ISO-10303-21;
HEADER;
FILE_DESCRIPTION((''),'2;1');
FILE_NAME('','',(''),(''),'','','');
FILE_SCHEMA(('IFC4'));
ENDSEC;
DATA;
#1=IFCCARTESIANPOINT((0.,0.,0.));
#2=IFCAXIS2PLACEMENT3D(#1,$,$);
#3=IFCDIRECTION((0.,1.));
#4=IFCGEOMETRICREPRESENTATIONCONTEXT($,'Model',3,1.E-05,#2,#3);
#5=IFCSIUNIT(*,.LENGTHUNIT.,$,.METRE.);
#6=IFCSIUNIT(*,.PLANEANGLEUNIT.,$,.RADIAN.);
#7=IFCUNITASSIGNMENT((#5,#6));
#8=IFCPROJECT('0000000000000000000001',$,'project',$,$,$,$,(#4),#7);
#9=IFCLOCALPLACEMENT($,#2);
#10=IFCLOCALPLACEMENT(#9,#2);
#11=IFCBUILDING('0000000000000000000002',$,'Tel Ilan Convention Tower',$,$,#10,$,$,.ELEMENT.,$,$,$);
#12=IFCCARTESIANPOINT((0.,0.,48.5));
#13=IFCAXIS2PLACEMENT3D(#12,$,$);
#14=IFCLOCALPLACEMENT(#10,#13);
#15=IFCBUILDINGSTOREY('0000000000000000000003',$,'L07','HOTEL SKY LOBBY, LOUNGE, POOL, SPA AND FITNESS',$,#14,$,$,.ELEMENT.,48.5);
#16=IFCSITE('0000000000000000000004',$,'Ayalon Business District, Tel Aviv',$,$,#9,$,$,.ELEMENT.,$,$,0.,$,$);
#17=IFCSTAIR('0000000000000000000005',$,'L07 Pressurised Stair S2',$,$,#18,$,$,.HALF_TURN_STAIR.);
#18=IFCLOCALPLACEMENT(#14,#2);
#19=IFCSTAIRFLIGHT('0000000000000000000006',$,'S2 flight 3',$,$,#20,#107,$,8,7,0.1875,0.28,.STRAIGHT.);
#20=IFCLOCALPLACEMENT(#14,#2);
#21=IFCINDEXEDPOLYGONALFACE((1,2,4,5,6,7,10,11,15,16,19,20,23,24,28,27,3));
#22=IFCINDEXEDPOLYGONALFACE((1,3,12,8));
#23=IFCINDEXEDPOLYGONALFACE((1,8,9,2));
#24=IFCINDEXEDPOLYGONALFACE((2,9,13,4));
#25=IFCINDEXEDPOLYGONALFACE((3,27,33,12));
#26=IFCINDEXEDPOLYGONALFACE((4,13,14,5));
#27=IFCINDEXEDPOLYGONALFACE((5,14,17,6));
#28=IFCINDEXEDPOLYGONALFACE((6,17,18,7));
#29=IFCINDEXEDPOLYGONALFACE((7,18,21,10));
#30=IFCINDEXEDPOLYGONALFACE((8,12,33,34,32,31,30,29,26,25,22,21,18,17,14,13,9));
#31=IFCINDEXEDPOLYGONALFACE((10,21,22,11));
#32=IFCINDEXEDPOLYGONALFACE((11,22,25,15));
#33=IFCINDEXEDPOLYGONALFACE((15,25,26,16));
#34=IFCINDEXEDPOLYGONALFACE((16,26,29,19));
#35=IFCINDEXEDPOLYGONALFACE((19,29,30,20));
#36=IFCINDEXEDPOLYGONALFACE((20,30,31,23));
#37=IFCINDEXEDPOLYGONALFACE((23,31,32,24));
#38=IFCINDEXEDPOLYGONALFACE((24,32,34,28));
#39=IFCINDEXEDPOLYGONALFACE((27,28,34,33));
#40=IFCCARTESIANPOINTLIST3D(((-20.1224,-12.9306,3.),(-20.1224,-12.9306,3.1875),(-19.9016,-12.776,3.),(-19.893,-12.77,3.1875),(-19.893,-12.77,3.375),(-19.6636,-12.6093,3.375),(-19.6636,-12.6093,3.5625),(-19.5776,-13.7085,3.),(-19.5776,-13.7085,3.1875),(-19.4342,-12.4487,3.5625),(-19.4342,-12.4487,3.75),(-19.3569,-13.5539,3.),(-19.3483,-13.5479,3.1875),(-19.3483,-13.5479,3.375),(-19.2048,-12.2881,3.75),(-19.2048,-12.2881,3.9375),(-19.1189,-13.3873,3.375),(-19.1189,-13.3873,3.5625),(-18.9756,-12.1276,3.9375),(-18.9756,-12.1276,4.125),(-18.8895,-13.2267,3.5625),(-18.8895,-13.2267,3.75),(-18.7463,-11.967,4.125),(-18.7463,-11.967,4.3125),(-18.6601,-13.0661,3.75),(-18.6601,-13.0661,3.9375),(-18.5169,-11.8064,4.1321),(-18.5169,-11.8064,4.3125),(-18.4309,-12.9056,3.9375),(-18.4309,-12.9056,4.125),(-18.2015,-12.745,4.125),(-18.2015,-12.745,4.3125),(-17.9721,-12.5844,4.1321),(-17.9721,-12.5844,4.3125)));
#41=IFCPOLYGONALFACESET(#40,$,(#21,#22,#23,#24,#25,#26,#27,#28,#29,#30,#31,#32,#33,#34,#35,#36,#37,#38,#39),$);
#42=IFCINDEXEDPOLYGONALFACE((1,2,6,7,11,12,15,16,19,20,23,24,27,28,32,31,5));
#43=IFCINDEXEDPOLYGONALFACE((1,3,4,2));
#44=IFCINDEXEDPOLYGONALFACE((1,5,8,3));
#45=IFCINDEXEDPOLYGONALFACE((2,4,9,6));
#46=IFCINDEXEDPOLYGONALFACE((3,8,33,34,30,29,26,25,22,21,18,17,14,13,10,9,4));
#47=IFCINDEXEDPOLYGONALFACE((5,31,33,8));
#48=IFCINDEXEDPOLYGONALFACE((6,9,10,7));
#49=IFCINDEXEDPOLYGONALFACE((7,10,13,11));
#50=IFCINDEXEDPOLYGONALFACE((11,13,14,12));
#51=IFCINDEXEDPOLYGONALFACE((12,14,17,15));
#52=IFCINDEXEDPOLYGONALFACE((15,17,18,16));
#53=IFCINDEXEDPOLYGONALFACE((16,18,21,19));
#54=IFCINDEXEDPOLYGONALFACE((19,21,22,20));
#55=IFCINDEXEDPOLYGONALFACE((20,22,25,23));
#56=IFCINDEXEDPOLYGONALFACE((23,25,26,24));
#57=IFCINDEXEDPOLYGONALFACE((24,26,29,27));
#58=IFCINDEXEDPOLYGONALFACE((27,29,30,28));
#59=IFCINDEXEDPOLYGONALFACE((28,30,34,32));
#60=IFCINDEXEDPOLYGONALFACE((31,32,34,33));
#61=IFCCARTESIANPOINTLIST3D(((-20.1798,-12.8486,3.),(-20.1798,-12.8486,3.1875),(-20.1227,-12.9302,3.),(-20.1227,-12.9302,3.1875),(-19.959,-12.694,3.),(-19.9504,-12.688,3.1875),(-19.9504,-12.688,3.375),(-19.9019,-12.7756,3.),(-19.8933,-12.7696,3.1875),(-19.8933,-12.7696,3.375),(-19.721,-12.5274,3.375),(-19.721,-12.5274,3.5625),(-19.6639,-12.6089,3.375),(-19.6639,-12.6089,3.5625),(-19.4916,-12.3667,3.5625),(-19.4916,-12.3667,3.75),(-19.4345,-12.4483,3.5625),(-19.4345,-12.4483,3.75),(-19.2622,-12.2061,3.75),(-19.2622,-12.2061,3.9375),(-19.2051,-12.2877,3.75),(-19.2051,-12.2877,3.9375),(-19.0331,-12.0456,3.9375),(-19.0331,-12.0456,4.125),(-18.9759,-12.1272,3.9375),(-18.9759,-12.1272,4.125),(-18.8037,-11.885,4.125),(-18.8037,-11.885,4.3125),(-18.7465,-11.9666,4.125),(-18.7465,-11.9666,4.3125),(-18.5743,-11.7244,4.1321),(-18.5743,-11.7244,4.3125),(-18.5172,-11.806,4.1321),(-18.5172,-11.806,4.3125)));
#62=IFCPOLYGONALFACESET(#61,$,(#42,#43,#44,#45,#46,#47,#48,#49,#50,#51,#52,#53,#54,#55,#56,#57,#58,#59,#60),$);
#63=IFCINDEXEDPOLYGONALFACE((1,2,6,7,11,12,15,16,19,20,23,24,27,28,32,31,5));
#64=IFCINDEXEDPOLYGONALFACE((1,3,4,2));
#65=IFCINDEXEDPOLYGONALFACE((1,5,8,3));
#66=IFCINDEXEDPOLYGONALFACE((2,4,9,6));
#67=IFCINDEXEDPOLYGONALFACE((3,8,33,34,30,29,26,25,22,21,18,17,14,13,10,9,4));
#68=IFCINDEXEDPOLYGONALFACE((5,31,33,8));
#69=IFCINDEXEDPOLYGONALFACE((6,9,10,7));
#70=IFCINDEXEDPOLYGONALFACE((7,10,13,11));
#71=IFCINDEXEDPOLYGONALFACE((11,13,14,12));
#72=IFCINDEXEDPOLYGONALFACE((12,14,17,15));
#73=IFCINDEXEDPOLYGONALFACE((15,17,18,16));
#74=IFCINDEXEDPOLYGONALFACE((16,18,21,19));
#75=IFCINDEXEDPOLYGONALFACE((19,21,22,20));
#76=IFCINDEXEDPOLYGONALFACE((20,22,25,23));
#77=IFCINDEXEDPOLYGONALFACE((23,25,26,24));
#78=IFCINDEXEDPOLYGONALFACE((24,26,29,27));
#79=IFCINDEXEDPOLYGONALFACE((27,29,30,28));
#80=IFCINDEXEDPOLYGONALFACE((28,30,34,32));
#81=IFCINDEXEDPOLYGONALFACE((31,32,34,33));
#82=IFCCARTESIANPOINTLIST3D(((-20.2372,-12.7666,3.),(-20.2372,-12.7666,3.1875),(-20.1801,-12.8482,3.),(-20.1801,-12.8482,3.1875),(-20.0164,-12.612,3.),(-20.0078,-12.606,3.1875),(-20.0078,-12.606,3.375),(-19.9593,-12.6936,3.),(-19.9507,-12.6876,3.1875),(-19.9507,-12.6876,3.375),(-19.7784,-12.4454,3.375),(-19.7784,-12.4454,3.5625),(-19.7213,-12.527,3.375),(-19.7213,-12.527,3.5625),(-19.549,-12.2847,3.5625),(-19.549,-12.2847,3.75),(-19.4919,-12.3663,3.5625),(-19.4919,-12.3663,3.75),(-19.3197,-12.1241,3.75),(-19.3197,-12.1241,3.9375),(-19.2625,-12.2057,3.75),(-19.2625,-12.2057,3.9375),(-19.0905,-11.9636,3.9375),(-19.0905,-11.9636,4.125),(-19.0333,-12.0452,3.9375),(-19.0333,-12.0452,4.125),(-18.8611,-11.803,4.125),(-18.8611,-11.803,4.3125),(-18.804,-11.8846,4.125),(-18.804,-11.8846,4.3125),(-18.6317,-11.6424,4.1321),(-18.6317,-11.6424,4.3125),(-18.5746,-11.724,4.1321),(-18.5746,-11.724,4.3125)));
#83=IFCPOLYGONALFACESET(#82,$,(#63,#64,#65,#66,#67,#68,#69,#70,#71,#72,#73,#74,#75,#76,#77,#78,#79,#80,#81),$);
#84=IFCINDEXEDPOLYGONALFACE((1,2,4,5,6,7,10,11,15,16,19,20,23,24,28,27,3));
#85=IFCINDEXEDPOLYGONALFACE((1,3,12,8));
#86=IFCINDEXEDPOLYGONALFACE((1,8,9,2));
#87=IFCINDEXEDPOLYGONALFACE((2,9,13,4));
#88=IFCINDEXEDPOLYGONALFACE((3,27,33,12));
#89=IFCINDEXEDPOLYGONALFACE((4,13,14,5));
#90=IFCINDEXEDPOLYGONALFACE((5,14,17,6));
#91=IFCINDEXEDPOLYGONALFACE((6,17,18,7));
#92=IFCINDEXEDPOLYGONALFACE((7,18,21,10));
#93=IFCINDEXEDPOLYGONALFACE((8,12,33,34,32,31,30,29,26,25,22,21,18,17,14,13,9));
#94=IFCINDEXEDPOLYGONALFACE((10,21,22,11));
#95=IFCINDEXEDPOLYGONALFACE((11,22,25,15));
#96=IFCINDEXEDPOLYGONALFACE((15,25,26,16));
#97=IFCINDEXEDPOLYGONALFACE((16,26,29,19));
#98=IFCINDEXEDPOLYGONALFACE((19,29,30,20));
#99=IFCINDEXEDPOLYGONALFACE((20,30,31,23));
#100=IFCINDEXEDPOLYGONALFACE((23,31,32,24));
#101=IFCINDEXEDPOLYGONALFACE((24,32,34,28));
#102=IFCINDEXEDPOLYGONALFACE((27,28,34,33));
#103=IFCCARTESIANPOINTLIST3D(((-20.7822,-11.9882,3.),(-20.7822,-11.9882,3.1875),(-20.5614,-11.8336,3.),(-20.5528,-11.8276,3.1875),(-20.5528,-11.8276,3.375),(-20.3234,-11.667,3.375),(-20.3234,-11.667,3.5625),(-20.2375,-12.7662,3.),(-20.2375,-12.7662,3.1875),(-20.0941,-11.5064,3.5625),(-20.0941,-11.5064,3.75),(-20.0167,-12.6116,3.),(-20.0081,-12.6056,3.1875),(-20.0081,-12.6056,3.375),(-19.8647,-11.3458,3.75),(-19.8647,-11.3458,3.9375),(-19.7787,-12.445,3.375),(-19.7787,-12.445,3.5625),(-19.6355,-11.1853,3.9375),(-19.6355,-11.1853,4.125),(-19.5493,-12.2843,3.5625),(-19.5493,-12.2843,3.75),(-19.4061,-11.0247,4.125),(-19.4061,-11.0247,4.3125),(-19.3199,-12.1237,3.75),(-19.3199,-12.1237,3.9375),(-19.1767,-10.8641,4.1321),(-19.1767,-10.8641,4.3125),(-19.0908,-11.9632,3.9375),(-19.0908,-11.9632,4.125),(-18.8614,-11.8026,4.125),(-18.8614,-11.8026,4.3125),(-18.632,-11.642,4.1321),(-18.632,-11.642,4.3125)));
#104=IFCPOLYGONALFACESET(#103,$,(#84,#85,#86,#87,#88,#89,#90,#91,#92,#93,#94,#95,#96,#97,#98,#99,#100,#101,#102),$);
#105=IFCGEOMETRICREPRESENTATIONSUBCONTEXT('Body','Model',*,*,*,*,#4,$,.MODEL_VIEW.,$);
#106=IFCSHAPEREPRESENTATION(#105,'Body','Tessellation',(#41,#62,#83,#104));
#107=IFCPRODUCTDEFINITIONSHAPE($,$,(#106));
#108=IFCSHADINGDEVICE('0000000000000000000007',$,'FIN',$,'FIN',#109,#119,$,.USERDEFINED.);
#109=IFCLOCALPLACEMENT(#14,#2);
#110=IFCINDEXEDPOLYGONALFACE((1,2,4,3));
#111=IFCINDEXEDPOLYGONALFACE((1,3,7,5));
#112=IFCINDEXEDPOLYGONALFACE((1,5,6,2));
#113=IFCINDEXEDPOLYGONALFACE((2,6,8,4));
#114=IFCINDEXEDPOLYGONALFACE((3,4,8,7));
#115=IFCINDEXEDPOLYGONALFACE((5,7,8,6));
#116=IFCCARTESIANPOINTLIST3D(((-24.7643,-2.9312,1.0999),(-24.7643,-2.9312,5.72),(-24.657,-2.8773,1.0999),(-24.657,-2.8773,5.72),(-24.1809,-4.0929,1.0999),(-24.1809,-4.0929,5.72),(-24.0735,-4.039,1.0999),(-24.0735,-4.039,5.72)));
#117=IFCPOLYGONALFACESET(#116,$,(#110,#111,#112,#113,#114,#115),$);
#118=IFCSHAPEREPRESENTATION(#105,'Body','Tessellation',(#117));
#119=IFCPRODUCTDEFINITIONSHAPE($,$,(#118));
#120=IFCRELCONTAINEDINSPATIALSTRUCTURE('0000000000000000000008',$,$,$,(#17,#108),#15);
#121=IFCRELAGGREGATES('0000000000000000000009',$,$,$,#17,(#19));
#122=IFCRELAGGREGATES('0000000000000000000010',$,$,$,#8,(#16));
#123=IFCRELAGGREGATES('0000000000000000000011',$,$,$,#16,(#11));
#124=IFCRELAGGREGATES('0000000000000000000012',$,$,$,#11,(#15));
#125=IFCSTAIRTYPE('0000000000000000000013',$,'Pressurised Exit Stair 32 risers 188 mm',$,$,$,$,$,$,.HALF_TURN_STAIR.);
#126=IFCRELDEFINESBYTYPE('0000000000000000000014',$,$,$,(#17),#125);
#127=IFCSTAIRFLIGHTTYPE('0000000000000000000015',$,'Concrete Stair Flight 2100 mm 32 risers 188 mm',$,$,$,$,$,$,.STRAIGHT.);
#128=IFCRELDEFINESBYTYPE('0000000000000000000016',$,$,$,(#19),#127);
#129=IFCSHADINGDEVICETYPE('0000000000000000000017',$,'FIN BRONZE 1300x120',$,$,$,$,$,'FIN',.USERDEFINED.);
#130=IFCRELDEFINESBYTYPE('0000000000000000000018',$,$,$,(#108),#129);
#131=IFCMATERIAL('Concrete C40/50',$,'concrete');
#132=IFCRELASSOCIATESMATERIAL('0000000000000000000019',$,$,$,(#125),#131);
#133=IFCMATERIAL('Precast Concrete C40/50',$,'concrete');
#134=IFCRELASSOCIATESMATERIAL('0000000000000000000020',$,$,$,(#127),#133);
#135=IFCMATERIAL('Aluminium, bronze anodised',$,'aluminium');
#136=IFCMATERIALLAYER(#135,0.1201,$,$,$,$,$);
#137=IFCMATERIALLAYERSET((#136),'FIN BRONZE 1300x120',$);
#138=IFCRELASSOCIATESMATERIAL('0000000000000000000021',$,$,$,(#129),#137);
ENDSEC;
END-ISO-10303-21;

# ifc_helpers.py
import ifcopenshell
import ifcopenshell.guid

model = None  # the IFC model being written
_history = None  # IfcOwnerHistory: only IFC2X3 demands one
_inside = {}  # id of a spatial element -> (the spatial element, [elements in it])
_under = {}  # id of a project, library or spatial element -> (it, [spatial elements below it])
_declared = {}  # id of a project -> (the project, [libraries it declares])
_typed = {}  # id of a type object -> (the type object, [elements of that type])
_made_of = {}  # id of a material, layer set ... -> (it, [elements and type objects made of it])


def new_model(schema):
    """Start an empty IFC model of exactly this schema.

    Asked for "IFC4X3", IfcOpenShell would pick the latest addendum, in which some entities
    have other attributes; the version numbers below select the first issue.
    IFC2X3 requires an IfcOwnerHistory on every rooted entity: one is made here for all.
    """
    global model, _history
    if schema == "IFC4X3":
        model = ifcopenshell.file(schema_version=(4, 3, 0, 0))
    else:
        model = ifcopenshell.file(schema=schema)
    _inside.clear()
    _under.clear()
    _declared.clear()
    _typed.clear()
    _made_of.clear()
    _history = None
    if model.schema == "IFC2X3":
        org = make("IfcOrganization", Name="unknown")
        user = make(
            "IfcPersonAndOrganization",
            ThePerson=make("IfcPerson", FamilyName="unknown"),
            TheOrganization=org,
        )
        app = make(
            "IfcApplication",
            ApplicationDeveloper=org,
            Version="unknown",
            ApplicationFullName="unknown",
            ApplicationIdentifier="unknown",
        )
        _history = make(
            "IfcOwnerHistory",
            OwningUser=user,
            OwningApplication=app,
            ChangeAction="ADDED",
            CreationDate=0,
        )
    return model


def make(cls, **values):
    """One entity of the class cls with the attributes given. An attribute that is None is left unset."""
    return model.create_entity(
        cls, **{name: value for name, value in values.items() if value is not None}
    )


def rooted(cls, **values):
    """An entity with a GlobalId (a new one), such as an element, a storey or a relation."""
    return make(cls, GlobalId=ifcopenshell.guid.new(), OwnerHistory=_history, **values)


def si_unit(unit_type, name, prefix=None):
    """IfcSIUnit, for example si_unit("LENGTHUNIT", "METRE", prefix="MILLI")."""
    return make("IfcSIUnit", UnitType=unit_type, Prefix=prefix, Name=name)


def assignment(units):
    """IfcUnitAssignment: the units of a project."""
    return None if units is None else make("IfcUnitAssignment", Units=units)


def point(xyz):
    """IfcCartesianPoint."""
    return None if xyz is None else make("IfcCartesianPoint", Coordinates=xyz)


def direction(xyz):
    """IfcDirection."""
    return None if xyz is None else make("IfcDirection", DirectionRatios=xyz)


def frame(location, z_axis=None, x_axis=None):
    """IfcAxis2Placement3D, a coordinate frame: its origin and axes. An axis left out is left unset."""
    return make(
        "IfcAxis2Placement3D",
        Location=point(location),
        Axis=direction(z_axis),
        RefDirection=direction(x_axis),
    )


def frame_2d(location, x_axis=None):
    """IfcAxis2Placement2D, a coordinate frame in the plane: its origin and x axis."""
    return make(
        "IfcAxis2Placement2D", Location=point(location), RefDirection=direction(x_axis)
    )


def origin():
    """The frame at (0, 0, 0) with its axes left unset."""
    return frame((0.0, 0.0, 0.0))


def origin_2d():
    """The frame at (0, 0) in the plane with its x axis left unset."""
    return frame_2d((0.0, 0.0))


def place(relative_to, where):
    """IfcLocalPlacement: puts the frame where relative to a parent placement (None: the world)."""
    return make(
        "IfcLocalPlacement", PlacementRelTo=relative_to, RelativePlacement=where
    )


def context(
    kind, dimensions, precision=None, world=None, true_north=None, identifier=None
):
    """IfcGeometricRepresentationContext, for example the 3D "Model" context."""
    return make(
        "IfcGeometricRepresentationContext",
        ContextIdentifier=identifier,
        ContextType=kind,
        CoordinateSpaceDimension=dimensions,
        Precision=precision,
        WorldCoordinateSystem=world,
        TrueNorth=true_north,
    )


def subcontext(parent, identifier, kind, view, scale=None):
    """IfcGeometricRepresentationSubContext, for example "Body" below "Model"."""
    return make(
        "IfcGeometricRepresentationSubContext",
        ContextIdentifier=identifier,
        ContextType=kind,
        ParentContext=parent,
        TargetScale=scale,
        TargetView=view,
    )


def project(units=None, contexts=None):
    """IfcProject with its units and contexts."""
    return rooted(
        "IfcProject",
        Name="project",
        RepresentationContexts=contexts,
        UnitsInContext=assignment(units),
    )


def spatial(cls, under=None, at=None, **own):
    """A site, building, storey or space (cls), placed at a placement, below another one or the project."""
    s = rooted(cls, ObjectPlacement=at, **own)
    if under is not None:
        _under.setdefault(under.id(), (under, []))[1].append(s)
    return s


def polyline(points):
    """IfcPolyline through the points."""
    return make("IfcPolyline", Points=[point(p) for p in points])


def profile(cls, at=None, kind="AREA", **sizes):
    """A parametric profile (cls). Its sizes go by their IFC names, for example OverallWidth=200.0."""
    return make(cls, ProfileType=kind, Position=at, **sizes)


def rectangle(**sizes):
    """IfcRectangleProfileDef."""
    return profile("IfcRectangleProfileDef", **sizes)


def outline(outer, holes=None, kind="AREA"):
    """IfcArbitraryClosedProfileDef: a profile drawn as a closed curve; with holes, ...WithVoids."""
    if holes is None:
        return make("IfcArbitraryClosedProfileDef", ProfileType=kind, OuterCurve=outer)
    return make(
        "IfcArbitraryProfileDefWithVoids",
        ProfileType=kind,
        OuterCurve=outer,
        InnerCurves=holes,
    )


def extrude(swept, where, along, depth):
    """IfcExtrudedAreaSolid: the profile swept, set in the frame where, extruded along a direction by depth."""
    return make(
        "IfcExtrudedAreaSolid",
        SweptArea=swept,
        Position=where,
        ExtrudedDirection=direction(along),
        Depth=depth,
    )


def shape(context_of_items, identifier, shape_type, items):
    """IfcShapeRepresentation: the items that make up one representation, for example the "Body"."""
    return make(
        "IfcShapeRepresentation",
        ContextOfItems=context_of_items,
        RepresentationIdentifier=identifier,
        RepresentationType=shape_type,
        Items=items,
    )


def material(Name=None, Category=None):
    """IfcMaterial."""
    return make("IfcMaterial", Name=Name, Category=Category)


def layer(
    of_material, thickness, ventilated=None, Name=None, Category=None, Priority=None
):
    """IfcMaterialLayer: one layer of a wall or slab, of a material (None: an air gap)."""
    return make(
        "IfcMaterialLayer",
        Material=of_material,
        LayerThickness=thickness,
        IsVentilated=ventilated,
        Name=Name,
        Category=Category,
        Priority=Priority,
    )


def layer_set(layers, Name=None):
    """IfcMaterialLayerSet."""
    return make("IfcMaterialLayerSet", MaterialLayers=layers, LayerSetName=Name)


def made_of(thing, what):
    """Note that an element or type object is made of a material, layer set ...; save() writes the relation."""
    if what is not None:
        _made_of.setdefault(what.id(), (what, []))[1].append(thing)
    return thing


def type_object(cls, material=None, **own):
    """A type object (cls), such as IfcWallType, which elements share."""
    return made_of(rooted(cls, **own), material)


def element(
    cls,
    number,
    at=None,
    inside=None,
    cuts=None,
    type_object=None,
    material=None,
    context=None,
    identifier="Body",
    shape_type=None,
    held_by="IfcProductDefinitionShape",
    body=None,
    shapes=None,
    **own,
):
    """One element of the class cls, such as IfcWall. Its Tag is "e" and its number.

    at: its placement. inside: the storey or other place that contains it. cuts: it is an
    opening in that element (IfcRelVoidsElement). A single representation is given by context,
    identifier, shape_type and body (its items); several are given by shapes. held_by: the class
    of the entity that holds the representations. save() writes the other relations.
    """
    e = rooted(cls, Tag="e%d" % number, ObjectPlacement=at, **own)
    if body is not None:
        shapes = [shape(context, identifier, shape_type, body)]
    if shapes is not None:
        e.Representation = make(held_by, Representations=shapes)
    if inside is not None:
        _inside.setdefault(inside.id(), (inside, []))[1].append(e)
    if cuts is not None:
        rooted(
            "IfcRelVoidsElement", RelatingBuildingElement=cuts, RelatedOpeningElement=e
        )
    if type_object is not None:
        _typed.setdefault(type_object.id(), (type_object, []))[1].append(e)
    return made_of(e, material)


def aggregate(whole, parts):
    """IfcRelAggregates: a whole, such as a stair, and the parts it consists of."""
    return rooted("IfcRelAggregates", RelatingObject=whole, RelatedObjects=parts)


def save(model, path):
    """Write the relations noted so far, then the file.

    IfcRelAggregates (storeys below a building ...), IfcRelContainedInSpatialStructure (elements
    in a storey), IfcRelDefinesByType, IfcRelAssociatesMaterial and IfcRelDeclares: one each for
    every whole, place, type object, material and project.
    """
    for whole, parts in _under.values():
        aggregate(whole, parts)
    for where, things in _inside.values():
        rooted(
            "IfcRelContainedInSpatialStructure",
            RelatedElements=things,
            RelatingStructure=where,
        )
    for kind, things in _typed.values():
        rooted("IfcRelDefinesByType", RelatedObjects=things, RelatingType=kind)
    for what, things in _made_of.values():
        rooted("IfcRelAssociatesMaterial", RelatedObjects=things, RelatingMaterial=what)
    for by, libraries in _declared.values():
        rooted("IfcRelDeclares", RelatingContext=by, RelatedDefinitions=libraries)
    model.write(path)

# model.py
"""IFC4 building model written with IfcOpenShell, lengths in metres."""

from ifc_helpers import new_model, si_unit, direction, frame, origin, origin_2d, place, context, subcontext, project, spatial, polyline, rectangle, outline, extrude, material, layer, layer_set, type_object, element, aggregate, save


model = new_model("IFC4")

# Units and contexts
model_context = context("Model", 3, precision=1e-05, world=origin(), true_north=direction((0.0, 1.0)))
body_context = subcontext(model_context, "Body", "Model", "MODEL_VIEW")
ifc_project = project(units=[si_unit("LENGTHUNIT", "METRE"), si_unit("PLANEANGLEUNIT", "RADIAN")], contexts=[model_context])

# Site, building, storey
site_placement = place(None, origin())
site = spatial("IfcSite", under=ifc_project, at=site_placement, Name="Ayalon Business District, Tel Aviv", CompositionType="ELEMENT", RefElevation=0.0)
building_placement = place(site_placement, origin())
building = spatial("IfcBuilding", under=site, at=building_placement, Name="Tel Ilan Convention Tower", CompositionType="ELEMENT")
storey_placement = place(building_placement, frame((0.0, 0.0, 48.5)))
storey = spatial("IfcBuildingStorey", under=building, at=storey_placement, Name="L07", Description="HOTEL SKY LOBBY, LOUNGE, POOL, SPA AND FITNESS", CompositionType="ELEMENT", Elevation=48.5)

# Stair, stair flight
ifc_material_1 = material(Name="Concrete C40/50", Category="concrete")
stair_type = type_object("IfcStairType", Name="Pressurised Exit Stair 32 risers 188 mm", PredefinedType="HALF_TURN_STAIR", material=ifc_material_1)
ifc_material_2 = material(Name="Precast Concrete C40/50", Category="concrete")
stair_flight_type = type_object("IfcStairFlightType", Name="Concrete Stair Flight 2100 mm 32 risers 188 mm", PredefinedType="STRAIGHT", material=ifc_material_2)
stair_1_placement = place(storey_placement, origin())
stair_1 = element("IfcStair", 1, at=stair_1_placement, inside=storey, type_object=stair_type, Name="L07 Pressurised Stair S2", PredefinedType="HALF_TURN_STAIR")
stair_flight_1_placement = place(storey_placement, frame((-20.1799, -12.8484, 3.0), z_axis=(0.0, 0.0, 1.0), x_axis=(0.819152, 0.573576, 0.0)))
stair_flight_1 = element("IfcStairFlight", 2, at=stair_flight_1_placement, type_object=stair_flight_type, Name="S2 flight 3", NumberOfRisers=8, NumberOfTreads=7, PredefinedType="STRAIGHT", RiserHeight=0.1875, TreadLength=0.28, context=body_context, shape_type="SweptSolid", body=[
    extrude(outline(polyline([(0.0, 0.0), (0.0, 0.1875), (0.28, 0.1875), (0.28, 0.375), (0.5601, 0.375), (0.5601, 0.5625), (0.8401, 0.5625), (0.8401, 0.75), (1.1201, 0.75), (1.1201, 0.9375), (1.3999, 0.9375), (1.3999, 1.125), (1.6799, 1.125), (1.6799, 1.3125), (1.96, 1.3125), (1.96, 1.5), (1.96, 1.1321), (0.2695, 0.0), (0.0, 0.0)])), frame((0.0, -0.1003, 0.0), z_axis=(0.0, -1.0, 0.0), x_axis=(1.0, 0.0, 0.0)), (0.0, 0.0, 1.0), 0.9497),
    extrude(outline(polyline([(0.0, 0.0), (0.0, 0.1875), (0.28, 0.1875), (0.28, 0.375), (0.5601, 0.375), (0.5601, 0.5625), (0.8401, 0.5625), (0.8401, 0.75), (1.1201, 0.75), (1.1201, 0.9375), (1.3999, 0.9375), (1.3999, 1.125), (1.6799, 1.125), (1.6799, 1.3125), (1.96, 1.3125), (1.96, 1.5), (1.96, 1.1321), (0.2695, 0.0), (0.0, 0.0)])), frame((0.0, -0.0002, 0.0), z_axis=(0.0, -1.0, 0.0), x_axis=(1.0, 0.0, 0.0)), (0.0, 0.0, 1.0), 0.0996),
    extrude(outline(polyline([(0.0, 0.0), (0.0, 0.1875), (0.28, 0.1875), (0.28, 0.375), (0.5601, 0.375), (0.5601, 0.5625), (0.8401, 0.5625), (0.8401, 0.75), (1.1201, 0.75), (1.1201, 0.9375), (1.3999, 0.9375), (1.3999, 1.125), (1.6799, 1.125), (1.6799, 1.3125), (1.96, 1.3125), (1.96, 1.5), (1.96, 1.1321), (0.2695, 0.0), (0.0, 0.0)])), frame((0.0, 0.0999, 0.0), z_axis=(0.0, -1.0, 0.0), x_axis=(1.0, 0.0, 0.0)), (0.0, 0.0, 1.0), 0.0996),
    extrude(outline(polyline([(0.0, 0.0), (0.0, 0.1875), (0.28, 0.1875), (0.28, 0.375), (0.5601, 0.375), (0.5601, 0.5625), (0.8401, 0.5625), (0.8401, 0.75), (1.1201, 0.75), (1.1201, 0.9375), (1.3999, 0.9375), (1.3999, 1.125), (1.6799, 1.125), (1.6799, 1.3125), (1.96, 1.3125), (1.96, 1.5), (1.96, 1.1321), (0.2695, 0.0), (0.0, 0.0)])), frame((0.0, 1.05, 0.0), z_axis=(0.0, -1.0, 0.0), x_axis=(1.0, 0.0, 0.0)), (0.0, 0.0, 1.0), 0.9497),
])
aggregate(stair_1, [stair_flight_1])

# Shading device
ifc_material_3 = material(Name="Aluminium, bronze anodised", Category="aluminium")
ifc_layer_1 = layer(ifc_material_3, 0.1201)
ifc_layer_set_1 = layer_set([ifc_layer_1], Name="FIN BRONZE 1300x120")
shading_device_type = type_object("IfcShadingDeviceType", Name="FIN BRONZE 1300x120", ElementType="FIN", PredefinedType="USERDEFINED", material=ifc_layer_set_1)
shading_device_placement = place(storey_placement, frame((-24.4189, -3.4851, 1.0999), z_axis=(0.0, 0.0, 1.0), x_axis=(-0.448799, 0.893633, 0.0)))
element("IfcShadingDevice", 3, at=shading_device_placement, inside=storey, type_object=shading_device_type, Name="FIN", ObjectType="FIN", PredefinedType="USERDEFINED", context=body_context, shape_type="SweptSolid", body=[
    extrude(rectangle(XDim=1.3, YDim=0.1201, at=origin_2d()), origin(), (0.0, 0.0, 1.0), 4.6201),
])

save(model, "model.ifc")
